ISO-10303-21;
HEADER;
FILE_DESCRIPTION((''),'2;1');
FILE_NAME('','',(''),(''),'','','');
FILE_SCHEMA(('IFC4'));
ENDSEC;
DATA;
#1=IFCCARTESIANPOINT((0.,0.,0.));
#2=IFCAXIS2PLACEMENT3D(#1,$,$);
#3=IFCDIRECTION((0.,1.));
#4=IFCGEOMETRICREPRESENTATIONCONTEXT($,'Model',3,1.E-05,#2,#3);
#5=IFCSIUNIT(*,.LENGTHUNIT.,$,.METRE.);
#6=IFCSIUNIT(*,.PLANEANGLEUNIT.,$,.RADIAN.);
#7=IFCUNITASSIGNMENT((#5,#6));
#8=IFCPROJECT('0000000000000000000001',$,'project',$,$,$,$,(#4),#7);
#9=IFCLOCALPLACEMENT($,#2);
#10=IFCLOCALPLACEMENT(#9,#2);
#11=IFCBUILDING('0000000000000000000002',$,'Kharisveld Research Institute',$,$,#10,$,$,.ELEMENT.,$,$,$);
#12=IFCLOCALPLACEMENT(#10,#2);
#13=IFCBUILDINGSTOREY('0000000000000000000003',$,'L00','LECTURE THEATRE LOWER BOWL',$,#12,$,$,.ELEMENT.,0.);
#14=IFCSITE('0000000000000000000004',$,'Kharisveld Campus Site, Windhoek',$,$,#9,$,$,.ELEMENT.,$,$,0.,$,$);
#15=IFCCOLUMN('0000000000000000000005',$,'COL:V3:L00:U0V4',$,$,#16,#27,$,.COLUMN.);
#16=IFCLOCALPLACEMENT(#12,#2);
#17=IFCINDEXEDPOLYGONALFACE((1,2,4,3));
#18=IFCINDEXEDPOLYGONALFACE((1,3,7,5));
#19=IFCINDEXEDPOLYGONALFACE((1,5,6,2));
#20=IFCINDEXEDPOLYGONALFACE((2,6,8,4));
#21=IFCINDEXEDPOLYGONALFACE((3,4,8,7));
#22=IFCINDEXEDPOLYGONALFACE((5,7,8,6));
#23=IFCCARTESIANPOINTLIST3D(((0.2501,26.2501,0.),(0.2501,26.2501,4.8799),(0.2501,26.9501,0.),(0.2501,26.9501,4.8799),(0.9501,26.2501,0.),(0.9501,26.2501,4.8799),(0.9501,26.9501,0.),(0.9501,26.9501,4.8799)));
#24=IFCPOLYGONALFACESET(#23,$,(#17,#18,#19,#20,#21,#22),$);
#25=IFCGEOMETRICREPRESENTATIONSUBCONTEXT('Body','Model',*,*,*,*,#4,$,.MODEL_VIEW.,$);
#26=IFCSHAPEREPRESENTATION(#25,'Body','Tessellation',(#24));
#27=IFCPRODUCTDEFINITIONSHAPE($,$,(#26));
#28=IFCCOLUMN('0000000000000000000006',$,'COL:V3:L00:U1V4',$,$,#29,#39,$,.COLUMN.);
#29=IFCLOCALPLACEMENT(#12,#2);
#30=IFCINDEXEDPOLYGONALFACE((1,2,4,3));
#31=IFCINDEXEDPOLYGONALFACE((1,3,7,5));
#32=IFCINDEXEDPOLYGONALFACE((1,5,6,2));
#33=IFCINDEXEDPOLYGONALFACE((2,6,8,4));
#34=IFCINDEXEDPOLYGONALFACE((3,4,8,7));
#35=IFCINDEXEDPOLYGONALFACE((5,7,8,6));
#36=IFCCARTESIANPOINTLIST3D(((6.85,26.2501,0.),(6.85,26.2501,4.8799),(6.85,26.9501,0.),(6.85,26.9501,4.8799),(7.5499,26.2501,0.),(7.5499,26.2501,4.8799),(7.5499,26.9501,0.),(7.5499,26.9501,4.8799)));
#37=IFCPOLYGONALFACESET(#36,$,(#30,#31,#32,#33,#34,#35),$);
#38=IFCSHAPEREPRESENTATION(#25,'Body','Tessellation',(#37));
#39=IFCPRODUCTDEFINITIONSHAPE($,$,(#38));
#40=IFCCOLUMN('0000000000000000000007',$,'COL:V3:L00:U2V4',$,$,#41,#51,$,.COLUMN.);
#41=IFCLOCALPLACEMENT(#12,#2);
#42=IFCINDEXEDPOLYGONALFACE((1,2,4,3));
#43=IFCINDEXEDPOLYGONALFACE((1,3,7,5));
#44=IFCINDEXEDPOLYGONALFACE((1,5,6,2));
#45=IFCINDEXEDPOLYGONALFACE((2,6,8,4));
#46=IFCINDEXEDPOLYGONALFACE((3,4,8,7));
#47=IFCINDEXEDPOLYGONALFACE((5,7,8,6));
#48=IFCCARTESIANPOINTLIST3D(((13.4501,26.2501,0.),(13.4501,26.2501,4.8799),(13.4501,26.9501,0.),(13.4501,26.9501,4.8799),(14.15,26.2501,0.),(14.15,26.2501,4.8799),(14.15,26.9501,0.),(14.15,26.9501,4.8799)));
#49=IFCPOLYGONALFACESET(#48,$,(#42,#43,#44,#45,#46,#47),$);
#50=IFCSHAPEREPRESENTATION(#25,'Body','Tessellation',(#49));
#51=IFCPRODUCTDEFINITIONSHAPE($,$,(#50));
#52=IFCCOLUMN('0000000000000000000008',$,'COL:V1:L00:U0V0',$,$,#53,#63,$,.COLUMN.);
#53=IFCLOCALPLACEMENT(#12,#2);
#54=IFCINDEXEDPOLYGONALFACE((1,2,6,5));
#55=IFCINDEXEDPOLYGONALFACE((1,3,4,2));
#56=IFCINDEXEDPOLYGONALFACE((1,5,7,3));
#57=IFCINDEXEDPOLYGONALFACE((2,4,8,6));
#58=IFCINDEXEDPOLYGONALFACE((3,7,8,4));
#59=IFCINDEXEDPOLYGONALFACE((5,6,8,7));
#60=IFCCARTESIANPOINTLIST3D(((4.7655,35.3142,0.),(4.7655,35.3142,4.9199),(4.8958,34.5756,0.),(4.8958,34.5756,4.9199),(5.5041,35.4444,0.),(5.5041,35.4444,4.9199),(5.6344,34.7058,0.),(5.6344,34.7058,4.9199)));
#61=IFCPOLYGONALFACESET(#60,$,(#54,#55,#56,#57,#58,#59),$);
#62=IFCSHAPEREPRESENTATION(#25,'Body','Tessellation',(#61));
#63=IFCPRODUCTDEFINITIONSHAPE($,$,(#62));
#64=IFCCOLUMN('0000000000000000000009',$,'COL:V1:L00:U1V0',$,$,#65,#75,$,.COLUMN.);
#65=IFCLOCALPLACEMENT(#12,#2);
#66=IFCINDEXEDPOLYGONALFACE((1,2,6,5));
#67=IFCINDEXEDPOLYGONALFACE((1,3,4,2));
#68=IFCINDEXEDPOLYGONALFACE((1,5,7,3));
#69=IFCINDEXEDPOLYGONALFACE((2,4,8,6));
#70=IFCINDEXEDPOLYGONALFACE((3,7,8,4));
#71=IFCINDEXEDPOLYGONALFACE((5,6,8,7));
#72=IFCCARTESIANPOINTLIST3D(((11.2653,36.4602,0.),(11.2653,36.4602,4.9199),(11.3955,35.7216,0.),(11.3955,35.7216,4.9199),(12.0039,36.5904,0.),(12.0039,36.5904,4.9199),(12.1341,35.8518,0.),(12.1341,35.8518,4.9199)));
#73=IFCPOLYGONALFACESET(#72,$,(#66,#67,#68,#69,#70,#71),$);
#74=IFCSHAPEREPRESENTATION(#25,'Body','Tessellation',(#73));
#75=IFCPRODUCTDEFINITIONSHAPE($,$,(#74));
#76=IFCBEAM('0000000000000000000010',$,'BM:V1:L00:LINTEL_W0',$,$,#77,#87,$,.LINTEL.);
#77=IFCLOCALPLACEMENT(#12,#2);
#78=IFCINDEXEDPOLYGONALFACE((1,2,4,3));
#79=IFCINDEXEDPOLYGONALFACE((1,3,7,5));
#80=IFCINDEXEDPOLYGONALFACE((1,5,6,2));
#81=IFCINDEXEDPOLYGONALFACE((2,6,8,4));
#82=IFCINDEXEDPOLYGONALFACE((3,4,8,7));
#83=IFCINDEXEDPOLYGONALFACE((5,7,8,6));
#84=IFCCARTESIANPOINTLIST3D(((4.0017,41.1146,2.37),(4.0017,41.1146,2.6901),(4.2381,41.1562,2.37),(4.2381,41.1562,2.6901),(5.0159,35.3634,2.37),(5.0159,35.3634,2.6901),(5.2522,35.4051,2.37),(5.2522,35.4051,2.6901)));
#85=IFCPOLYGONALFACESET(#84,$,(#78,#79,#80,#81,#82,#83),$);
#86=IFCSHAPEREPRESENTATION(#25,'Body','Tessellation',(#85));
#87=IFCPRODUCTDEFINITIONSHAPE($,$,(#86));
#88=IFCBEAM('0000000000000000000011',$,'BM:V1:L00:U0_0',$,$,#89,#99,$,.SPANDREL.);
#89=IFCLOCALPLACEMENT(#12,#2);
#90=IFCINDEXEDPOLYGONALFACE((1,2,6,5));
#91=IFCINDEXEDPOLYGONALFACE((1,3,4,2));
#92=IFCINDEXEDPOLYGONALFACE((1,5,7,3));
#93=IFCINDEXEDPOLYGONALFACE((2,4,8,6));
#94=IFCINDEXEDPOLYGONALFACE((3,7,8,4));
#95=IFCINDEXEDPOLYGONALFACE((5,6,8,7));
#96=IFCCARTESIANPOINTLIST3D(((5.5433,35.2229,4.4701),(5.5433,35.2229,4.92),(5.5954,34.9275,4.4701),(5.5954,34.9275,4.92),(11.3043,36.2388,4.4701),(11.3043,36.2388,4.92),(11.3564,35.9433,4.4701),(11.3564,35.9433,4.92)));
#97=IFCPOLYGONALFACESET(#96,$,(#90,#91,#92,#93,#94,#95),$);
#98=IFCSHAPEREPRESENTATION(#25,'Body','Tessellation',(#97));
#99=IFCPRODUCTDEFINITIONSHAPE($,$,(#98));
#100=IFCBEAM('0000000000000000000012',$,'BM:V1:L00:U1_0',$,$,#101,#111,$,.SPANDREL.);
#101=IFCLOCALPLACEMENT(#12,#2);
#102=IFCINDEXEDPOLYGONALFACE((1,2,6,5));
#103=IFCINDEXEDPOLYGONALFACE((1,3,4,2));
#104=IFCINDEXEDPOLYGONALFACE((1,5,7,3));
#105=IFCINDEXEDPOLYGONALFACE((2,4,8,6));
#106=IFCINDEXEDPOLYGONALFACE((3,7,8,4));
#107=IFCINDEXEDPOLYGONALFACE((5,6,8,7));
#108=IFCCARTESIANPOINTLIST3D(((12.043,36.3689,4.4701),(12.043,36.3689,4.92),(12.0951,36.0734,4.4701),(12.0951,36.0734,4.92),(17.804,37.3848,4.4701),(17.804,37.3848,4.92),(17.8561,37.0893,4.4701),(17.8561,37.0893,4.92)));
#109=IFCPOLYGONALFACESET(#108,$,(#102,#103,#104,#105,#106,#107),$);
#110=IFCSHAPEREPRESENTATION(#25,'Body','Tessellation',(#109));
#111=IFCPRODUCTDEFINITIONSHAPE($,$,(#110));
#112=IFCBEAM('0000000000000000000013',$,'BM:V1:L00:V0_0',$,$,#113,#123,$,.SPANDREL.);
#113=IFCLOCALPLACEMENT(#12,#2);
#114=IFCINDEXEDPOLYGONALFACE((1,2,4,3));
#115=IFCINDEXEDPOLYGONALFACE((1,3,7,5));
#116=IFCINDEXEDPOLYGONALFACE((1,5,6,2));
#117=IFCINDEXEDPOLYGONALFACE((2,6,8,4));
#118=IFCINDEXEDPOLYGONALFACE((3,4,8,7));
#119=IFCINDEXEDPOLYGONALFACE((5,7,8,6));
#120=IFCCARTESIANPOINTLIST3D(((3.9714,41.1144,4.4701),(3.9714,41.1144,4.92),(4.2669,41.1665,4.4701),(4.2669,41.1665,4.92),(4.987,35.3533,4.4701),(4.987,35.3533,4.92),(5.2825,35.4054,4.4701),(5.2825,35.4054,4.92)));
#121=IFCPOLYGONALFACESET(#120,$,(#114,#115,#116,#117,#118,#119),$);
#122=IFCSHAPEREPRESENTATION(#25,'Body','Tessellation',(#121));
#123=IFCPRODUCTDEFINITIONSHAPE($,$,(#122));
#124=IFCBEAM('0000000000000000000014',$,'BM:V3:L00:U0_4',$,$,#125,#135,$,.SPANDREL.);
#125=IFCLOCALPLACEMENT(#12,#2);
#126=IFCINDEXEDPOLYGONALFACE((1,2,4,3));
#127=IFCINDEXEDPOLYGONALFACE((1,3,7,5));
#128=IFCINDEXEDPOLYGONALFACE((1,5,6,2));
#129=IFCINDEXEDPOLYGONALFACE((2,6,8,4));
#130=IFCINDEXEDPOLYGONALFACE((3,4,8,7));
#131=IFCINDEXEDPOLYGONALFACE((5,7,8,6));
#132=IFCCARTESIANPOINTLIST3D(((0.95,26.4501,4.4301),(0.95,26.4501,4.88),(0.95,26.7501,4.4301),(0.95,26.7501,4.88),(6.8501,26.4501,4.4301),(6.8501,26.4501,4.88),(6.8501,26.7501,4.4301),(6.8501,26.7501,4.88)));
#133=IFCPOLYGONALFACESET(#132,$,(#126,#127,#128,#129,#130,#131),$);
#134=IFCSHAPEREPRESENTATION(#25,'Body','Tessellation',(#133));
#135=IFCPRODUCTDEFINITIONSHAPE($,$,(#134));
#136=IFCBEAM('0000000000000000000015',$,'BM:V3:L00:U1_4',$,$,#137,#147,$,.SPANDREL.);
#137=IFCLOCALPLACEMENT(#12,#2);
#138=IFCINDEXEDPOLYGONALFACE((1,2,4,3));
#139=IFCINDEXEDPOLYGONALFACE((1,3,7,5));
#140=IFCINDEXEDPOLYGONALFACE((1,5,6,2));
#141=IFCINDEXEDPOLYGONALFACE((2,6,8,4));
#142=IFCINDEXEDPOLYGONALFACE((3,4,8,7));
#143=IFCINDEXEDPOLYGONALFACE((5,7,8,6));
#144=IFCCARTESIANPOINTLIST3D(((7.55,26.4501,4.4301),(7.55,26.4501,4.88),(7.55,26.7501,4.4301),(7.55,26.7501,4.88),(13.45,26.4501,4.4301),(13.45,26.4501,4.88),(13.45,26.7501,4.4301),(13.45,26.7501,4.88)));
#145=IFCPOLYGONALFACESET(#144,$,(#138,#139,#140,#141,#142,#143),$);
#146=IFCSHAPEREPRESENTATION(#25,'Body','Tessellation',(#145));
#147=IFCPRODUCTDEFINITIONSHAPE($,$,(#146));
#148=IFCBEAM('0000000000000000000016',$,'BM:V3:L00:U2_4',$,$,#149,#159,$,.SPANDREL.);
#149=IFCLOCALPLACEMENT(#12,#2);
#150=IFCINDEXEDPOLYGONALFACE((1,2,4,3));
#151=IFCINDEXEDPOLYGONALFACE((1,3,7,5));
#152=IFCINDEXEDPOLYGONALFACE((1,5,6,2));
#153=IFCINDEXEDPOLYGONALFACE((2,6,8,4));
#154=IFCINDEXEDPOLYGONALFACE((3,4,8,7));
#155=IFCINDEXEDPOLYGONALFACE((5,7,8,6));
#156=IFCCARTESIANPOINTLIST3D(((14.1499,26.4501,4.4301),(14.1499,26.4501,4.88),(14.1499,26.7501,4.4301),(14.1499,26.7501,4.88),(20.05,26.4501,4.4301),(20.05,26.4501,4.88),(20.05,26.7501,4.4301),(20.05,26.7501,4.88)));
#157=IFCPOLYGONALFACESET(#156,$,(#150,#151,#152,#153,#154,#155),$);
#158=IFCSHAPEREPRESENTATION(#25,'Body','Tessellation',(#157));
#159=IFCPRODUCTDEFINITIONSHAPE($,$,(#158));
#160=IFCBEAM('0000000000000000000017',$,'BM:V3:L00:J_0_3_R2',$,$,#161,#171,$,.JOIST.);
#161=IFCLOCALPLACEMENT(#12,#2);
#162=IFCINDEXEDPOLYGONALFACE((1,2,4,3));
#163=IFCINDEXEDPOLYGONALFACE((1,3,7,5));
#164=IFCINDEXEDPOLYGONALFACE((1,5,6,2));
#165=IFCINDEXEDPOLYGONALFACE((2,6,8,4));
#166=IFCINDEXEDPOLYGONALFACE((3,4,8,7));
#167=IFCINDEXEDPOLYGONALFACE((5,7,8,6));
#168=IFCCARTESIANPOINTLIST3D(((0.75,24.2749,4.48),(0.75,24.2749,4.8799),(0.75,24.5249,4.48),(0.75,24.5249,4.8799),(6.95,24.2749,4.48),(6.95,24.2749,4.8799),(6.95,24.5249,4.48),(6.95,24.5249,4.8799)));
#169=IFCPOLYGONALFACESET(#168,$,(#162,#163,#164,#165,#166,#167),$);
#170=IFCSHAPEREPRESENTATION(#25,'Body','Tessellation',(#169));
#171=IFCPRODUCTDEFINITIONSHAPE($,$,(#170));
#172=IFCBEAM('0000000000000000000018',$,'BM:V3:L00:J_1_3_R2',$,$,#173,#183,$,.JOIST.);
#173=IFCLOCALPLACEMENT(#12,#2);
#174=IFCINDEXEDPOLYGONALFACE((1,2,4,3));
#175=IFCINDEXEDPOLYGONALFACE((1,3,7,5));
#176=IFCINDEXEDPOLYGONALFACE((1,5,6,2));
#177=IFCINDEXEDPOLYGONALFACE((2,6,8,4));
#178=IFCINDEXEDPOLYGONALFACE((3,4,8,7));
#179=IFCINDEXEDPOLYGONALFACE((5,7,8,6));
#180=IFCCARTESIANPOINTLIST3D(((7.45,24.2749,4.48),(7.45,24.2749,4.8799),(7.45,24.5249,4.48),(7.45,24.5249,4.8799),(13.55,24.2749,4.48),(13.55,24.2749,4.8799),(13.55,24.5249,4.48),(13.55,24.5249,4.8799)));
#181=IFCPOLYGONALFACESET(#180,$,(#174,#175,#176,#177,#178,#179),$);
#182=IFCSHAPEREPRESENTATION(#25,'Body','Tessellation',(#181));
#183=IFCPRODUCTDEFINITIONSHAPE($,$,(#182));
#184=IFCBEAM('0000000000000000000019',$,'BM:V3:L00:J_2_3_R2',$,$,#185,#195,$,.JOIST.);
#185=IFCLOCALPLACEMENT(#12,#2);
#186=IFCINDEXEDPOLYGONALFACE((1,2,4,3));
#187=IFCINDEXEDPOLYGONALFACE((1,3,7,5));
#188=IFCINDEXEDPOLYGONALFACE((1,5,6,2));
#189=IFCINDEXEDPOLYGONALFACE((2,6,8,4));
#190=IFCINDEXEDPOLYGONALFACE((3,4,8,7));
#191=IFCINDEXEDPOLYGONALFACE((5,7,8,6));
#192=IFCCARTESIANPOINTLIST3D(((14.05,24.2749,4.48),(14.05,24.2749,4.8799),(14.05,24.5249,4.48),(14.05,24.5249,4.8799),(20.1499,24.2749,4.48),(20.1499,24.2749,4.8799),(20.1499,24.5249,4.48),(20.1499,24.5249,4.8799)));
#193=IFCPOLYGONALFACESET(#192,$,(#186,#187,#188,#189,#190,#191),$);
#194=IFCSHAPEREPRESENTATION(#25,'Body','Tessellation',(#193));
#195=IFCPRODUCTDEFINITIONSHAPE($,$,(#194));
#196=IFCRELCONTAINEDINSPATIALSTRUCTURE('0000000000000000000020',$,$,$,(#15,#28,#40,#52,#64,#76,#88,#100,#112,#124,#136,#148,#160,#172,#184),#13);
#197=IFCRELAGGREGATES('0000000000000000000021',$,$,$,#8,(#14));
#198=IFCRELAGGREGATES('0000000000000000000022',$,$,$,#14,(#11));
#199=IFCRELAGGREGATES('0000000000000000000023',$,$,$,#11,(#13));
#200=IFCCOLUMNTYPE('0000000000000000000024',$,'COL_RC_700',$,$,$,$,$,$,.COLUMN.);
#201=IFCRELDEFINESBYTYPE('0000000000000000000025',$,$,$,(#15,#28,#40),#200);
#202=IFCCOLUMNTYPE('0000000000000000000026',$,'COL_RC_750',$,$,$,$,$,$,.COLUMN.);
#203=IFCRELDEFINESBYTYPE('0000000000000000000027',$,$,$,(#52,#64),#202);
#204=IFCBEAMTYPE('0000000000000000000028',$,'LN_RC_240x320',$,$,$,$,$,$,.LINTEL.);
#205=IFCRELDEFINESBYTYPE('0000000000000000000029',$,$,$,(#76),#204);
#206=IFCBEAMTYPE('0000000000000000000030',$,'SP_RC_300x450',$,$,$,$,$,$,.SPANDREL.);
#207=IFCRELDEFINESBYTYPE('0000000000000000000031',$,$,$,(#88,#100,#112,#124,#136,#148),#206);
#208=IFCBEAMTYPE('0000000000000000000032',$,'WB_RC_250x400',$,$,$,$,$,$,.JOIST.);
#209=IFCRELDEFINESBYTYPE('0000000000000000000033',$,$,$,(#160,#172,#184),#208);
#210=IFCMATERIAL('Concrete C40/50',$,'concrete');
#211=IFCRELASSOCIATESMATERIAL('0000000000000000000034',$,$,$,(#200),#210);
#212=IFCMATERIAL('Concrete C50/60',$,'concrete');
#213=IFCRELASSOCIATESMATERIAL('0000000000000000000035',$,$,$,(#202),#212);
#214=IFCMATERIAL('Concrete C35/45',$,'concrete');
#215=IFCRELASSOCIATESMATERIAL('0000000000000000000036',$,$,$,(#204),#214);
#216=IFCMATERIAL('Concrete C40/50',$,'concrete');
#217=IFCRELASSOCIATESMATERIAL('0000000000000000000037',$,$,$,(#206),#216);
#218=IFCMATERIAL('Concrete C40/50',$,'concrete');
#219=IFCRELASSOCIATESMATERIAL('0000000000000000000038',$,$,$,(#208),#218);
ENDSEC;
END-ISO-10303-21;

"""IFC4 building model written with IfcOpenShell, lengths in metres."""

from ifc_helpers import new_model, si_unit, direction, frame, origin, origin_2d, place, context, subcontext, project, spatial, rectangle, extrude, material, material_profile, profile_set, type_object, element, save


model = new_model("IFC4")

# Units and contexts
model_context = context("Model", 3, precision=1e-05, world=origin(), true_north=direction((0.0, 1.0)))
body_context = subcontext(model_context, "Body", "Model", "MODEL_VIEW")
ifc_project = project(units=[si_unit("LENGTHUNIT", "METRE"), si_unit("PLANEANGLEUNIT", "RADIAN")], contexts=[model_context])

# Site, building, storey
site_placement = place(None, origin())
site = spatial("IfcSite", under=ifc_project, at=site_placement, Name="Kharisveld Campus Site, Windhoek", CompositionType="ELEMENT", RefElevation=0.0)
building_placement = place(site_placement, origin())
building = spatial("IfcBuilding", under=site, at=building_placement, Name="Kharisveld Research Institute", CompositionType="ELEMENT")
storey_placement = place(building_placement, origin())
storey = spatial("IfcBuildingStorey", under=building, at=storey_placement, Name="L00", Description="LECTURE THEATRE LOWER BOWL", CompositionType="ELEMENT", Elevation=0.0)

# Columns
ifc_material_1 = material(Name="Concrete C40/50", Category="concrete")
ifc_material_profile_1 = material_profile(ifc_material_1, rectangle(XDim=0.7, YDim=0.7, at=origin_2d()))
ifc_profile_set_1 = profile_set([ifc_material_profile_1], Name="Concrete C40/50")
column_type_1 = type_object("IfcColumnType", Name="COL_RC_700", PredefinedType="COLUMN", material=ifc_profile_set_1)
for number, where, z_axis, x_axis, name in (
    (1, (0.6001, 26.6001, 0.0), (0.0, 0.0, 1.0), (1.0, 0.0, 0.0), "COL:V3:L00:U0V4"),
    (2, (7.2, 26.6001, 0.0), (0.0, 0.0, 1.0), (1.0, 0.0, 0.0), "COL:V3:L00:U1V4"),
    (3, (13.8, 26.6001, 0.0), (0.0, 0.0, 1.0), (1.0, 0.0, 0.0), "COL:V3:L00:U2V4"),
):
    element("IfcColumn", number, at=place(storey_placement, frame(where, z_axis=z_axis, x_axis=x_axis)), inside=storey, type_object=column_type_1, Name=name, PredefinedType="COLUMN", context=body_context, shape_type="SweptSolid", body=[
        extrude(rectangle(XDim=0.7, YDim=0.7, at=origin_2d()), origin(), (0.0, 0.0, 1.0), 4.8799),
    ])
ifc_material_2 = material(Name="Concrete C50/60", Category="concrete")
ifc_material_profile_2 = material_profile(ifc_material_2, rectangle(XDim=0.75, YDim=0.75, at=origin_2d()))
ifc_profile_set_2 = profile_set([ifc_material_profile_2], Name="Concrete C50/60")
column_type_2 = type_object("IfcColumnType", Name="COL_RC_750", PredefinedType="COLUMN", material=ifc_profile_set_2)
for number, where, z_axis, x_axis, name in (
    (4, (5.2, 35.01, 0.0), (0.0, 0.0, 1.0), (0.984808, 0.173648, 0.0), "COL:V1:L00:U0V0"),
    (5, (11.6997, 36.156, 0.0), (0.0, 0.0, 1.0), (0.984808, 0.173648, 0.0), "COL:V1:L00:U1V0"),
):
    element("IfcColumn", number, at=place(storey_placement, frame(where, z_axis=z_axis, x_axis=x_axis)), inside=storey, type_object=column_type_2, Name=name, PredefinedType="COLUMN", context=body_context, shape_type="SweptSolid", body=[
        extrude(rectangle(XDim=0.75, YDim=0.75, at=origin_2d()), origin(), (0.0, 0.0, 1.0), 4.9199),
    ])

# Beams
ifc_material_3 = material(Name="Concrete C35/45", Category="concrete")
ifc_material_profile_3 = material_profile(ifc_material_3, rectangle(XDim=0.24, YDim=0.3201, at=origin_2d()))
ifc_profile_set_3 = profile_set([ifc_material_profile_3], Name="Concrete C35/45")
beam_type_1 = type_object("IfcBeamType", Name="LN_RC_240x320", PredefinedType="LINTEL", material=ifc_profile_set_3)
beam_1_placement = place(storey_placement, frame((5.134, 35.3843, 2.53), z_axis=(-0.173659, 0.984806, 0.0), x_axis=(-0.984806, -0.173659, 0.0)))
element("IfcBeam", 6, at=beam_1_placement, inside=storey, type_object=beam_type_1, Name="BM:V1:L00:LINTEL_W0", PredefinedType="LINTEL", context=body_context, shape_type="SweptSolid", body=[
    extrude(rectangle(XDim=0.24, YDim=0.3201, at=origin_2d()), origin(), (0.0, 0.0, 1.0), 5.8398),
])
ifc_material_4 = material(Name="Concrete C40/50", Category="concrete")
ifc_material_profile_4 = material_profile(ifc_material_4, rectangle(XDim=0.3, YDim=0.45, at=origin_2d()))
ifc_profile_set_4 = profile_set([ifc_material_profile_4], Name="Concrete C40/50")
beam_type_2 = type_object("IfcBeamType", Name="SP_RC_300x450", PredefinedType="SPANDREL", material=ifc_profile_set_4)
for number, where, z_axis, x_axis, name in (
    (7, (5.5693, 35.0752, 4.6951), (0.984806, 0.173657, 0.0), (-0.173657, 0.984806, 0.0), "BM:V1:L00:U0_0"),
    (8, (12.0691, 36.2212, 4.6951), (0.984806, 0.173657, 0.0), (-0.173657, 0.984806, 0.0), "BM:V1:L00:U1_0"),
    (9, (5.1348, 35.3794, 4.6951), (-0.173616, 0.984813, 0.0), (-0.984813, -0.173616, 0.0), "BM:V1:L00:V0_0"),
):
    element("IfcBeam", number, at=place(storey_placement, frame(where, z_axis=z_axis, x_axis=x_axis)), inside=storey, type_object=beam_type_2, Name=name, PredefinedType="SPANDREL", context=body_context, shape_type="SweptSolid", body=[
        extrude(rectangle(XDim=0.3, YDim=0.45, at=origin_2d()), origin(), (0.0, 0.0, 1.0), 5.8499),
    ])
beam_2_placement = place(storey_placement, frame((0.95, 26.6001, 4.655), z_axis=(1.0, 0.0, 0.0), x_axis=(0.0, 1.0, 0.0)))
element("IfcBeam", 10, at=beam_2_placement, inside=storey, type_object=beam_type_2, Name="BM:V3:L00:U0_4", PredefinedType="SPANDREL", context=body_context, shape_type="SweptSolid", body=[
    extrude(rectangle(XDim=0.3, YDim=0.45, at=origin_2d()), origin(), (0.0, 0.0, 1.0), 5.9001),
])
beam_3_placement = place(storey_placement, frame((7.55, 26.6001, 4.655), z_axis=(1.0, 0.0, 0.0), x_axis=(0.0, 1.0, 0.0)))
element("IfcBeam", 11, at=beam_3_placement, inside=storey, type_object=beam_type_2, Name="BM:V3:L00:U1_4", PredefinedType="SPANDREL", context=body_context, shape_type="SweptSolid", body=[
    extrude(rectangle(XDim=0.3, YDim=0.45, at=origin_2d()), origin(), (0.0, 0.0, 1.0), 5.8999),
])
beam_4_placement = place(storey_placement, frame((14.1499, 26.6001, 4.655), z_axis=(1.0, 0.0, 0.0), x_axis=(0.0, 1.0, 0.0)))
element("IfcBeam", 12, at=beam_4_placement, inside=storey, type_object=beam_type_2, Name="BM:V3:L00:U2_4", PredefinedType="SPANDREL", context=body_context, shape_type="SweptSolid", body=[
    extrude(rectangle(XDim=0.3, YDim=0.45, at=origin_2d()), origin(), (0.0, 0.0, 1.0), 5.9001),
])
ifc_material_5 = material(Name="Concrete C40/50", Category="concrete")
ifc_material_profile_5 = material_profile(ifc_material_5, rectangle(XDim=0.25, YDim=0.3999, at=origin_2d()))
ifc_profile_set_5 = profile_set([ifc_material_profile_5], Name="Concrete C40/50")
beam_type_3 = type_object("IfcBeamType", Name="WB_RC_250x400", PredefinedType="JOIST", material=ifc_profile_set_5)
beam_5_placement = place(storey_placement, frame((0.75, 24.3999, 4.6799), z_axis=(1.0, 0.0, 0.0), x_axis=(0.0, 1.0, 0.0)))
element("IfcBeam", 13, at=beam_5_placement, inside=storey, type_object=beam_type_3, Name="BM:V3:L00:J_0_3_R2", PredefinedType="JOIST", context=body_context, shape_type="SweptSolid", body=[
    extrude(rectangle(XDim=0.25, YDim=0.3999, at=origin_2d()), origin(), (0.0, 0.0, 1.0), 6.2),
])
beam_6_placement = place(storey_placement, frame((7.45, 24.3999, 4.6799), z_axis=(1.0, 0.0, 0.0), x_axis=(0.0, 1.0, 0.0)))
element("IfcBeam", 14, at=beam_6_placement, inside=storey, type_object=beam_type_3, Name="BM:V3:L00:J_1_3_R2", PredefinedType="JOIST", context=body_context, shape_type="SweptSolid", body=[
    extrude(rectangle(XDim=0.25, YDim=0.3999, at=origin_2d()), origin(), (0.0, 0.0, 1.0), 6.1001),
])
beam_7_placement = place(storey_placement, frame((14.05, 24.3999, 4.6799), z_axis=(1.0, 0.0, 0.0), x_axis=(0.0, 1.0, 0.0)))
element("IfcBeam", 15, at=beam_7_placement, inside=storey, type_object=beam_type_3, Name="BM:V3:L00:J_2_3_R2", PredefinedType="JOIST", context=body_context, shape_type="SweptSolid", body=[
    extrude(rectangle(XDim=0.25, YDim=0.3999, at=origin_2d()), origin(), (0.0, 0.0, 1.0), 6.0999),
])

save(model, "model.ifc")
